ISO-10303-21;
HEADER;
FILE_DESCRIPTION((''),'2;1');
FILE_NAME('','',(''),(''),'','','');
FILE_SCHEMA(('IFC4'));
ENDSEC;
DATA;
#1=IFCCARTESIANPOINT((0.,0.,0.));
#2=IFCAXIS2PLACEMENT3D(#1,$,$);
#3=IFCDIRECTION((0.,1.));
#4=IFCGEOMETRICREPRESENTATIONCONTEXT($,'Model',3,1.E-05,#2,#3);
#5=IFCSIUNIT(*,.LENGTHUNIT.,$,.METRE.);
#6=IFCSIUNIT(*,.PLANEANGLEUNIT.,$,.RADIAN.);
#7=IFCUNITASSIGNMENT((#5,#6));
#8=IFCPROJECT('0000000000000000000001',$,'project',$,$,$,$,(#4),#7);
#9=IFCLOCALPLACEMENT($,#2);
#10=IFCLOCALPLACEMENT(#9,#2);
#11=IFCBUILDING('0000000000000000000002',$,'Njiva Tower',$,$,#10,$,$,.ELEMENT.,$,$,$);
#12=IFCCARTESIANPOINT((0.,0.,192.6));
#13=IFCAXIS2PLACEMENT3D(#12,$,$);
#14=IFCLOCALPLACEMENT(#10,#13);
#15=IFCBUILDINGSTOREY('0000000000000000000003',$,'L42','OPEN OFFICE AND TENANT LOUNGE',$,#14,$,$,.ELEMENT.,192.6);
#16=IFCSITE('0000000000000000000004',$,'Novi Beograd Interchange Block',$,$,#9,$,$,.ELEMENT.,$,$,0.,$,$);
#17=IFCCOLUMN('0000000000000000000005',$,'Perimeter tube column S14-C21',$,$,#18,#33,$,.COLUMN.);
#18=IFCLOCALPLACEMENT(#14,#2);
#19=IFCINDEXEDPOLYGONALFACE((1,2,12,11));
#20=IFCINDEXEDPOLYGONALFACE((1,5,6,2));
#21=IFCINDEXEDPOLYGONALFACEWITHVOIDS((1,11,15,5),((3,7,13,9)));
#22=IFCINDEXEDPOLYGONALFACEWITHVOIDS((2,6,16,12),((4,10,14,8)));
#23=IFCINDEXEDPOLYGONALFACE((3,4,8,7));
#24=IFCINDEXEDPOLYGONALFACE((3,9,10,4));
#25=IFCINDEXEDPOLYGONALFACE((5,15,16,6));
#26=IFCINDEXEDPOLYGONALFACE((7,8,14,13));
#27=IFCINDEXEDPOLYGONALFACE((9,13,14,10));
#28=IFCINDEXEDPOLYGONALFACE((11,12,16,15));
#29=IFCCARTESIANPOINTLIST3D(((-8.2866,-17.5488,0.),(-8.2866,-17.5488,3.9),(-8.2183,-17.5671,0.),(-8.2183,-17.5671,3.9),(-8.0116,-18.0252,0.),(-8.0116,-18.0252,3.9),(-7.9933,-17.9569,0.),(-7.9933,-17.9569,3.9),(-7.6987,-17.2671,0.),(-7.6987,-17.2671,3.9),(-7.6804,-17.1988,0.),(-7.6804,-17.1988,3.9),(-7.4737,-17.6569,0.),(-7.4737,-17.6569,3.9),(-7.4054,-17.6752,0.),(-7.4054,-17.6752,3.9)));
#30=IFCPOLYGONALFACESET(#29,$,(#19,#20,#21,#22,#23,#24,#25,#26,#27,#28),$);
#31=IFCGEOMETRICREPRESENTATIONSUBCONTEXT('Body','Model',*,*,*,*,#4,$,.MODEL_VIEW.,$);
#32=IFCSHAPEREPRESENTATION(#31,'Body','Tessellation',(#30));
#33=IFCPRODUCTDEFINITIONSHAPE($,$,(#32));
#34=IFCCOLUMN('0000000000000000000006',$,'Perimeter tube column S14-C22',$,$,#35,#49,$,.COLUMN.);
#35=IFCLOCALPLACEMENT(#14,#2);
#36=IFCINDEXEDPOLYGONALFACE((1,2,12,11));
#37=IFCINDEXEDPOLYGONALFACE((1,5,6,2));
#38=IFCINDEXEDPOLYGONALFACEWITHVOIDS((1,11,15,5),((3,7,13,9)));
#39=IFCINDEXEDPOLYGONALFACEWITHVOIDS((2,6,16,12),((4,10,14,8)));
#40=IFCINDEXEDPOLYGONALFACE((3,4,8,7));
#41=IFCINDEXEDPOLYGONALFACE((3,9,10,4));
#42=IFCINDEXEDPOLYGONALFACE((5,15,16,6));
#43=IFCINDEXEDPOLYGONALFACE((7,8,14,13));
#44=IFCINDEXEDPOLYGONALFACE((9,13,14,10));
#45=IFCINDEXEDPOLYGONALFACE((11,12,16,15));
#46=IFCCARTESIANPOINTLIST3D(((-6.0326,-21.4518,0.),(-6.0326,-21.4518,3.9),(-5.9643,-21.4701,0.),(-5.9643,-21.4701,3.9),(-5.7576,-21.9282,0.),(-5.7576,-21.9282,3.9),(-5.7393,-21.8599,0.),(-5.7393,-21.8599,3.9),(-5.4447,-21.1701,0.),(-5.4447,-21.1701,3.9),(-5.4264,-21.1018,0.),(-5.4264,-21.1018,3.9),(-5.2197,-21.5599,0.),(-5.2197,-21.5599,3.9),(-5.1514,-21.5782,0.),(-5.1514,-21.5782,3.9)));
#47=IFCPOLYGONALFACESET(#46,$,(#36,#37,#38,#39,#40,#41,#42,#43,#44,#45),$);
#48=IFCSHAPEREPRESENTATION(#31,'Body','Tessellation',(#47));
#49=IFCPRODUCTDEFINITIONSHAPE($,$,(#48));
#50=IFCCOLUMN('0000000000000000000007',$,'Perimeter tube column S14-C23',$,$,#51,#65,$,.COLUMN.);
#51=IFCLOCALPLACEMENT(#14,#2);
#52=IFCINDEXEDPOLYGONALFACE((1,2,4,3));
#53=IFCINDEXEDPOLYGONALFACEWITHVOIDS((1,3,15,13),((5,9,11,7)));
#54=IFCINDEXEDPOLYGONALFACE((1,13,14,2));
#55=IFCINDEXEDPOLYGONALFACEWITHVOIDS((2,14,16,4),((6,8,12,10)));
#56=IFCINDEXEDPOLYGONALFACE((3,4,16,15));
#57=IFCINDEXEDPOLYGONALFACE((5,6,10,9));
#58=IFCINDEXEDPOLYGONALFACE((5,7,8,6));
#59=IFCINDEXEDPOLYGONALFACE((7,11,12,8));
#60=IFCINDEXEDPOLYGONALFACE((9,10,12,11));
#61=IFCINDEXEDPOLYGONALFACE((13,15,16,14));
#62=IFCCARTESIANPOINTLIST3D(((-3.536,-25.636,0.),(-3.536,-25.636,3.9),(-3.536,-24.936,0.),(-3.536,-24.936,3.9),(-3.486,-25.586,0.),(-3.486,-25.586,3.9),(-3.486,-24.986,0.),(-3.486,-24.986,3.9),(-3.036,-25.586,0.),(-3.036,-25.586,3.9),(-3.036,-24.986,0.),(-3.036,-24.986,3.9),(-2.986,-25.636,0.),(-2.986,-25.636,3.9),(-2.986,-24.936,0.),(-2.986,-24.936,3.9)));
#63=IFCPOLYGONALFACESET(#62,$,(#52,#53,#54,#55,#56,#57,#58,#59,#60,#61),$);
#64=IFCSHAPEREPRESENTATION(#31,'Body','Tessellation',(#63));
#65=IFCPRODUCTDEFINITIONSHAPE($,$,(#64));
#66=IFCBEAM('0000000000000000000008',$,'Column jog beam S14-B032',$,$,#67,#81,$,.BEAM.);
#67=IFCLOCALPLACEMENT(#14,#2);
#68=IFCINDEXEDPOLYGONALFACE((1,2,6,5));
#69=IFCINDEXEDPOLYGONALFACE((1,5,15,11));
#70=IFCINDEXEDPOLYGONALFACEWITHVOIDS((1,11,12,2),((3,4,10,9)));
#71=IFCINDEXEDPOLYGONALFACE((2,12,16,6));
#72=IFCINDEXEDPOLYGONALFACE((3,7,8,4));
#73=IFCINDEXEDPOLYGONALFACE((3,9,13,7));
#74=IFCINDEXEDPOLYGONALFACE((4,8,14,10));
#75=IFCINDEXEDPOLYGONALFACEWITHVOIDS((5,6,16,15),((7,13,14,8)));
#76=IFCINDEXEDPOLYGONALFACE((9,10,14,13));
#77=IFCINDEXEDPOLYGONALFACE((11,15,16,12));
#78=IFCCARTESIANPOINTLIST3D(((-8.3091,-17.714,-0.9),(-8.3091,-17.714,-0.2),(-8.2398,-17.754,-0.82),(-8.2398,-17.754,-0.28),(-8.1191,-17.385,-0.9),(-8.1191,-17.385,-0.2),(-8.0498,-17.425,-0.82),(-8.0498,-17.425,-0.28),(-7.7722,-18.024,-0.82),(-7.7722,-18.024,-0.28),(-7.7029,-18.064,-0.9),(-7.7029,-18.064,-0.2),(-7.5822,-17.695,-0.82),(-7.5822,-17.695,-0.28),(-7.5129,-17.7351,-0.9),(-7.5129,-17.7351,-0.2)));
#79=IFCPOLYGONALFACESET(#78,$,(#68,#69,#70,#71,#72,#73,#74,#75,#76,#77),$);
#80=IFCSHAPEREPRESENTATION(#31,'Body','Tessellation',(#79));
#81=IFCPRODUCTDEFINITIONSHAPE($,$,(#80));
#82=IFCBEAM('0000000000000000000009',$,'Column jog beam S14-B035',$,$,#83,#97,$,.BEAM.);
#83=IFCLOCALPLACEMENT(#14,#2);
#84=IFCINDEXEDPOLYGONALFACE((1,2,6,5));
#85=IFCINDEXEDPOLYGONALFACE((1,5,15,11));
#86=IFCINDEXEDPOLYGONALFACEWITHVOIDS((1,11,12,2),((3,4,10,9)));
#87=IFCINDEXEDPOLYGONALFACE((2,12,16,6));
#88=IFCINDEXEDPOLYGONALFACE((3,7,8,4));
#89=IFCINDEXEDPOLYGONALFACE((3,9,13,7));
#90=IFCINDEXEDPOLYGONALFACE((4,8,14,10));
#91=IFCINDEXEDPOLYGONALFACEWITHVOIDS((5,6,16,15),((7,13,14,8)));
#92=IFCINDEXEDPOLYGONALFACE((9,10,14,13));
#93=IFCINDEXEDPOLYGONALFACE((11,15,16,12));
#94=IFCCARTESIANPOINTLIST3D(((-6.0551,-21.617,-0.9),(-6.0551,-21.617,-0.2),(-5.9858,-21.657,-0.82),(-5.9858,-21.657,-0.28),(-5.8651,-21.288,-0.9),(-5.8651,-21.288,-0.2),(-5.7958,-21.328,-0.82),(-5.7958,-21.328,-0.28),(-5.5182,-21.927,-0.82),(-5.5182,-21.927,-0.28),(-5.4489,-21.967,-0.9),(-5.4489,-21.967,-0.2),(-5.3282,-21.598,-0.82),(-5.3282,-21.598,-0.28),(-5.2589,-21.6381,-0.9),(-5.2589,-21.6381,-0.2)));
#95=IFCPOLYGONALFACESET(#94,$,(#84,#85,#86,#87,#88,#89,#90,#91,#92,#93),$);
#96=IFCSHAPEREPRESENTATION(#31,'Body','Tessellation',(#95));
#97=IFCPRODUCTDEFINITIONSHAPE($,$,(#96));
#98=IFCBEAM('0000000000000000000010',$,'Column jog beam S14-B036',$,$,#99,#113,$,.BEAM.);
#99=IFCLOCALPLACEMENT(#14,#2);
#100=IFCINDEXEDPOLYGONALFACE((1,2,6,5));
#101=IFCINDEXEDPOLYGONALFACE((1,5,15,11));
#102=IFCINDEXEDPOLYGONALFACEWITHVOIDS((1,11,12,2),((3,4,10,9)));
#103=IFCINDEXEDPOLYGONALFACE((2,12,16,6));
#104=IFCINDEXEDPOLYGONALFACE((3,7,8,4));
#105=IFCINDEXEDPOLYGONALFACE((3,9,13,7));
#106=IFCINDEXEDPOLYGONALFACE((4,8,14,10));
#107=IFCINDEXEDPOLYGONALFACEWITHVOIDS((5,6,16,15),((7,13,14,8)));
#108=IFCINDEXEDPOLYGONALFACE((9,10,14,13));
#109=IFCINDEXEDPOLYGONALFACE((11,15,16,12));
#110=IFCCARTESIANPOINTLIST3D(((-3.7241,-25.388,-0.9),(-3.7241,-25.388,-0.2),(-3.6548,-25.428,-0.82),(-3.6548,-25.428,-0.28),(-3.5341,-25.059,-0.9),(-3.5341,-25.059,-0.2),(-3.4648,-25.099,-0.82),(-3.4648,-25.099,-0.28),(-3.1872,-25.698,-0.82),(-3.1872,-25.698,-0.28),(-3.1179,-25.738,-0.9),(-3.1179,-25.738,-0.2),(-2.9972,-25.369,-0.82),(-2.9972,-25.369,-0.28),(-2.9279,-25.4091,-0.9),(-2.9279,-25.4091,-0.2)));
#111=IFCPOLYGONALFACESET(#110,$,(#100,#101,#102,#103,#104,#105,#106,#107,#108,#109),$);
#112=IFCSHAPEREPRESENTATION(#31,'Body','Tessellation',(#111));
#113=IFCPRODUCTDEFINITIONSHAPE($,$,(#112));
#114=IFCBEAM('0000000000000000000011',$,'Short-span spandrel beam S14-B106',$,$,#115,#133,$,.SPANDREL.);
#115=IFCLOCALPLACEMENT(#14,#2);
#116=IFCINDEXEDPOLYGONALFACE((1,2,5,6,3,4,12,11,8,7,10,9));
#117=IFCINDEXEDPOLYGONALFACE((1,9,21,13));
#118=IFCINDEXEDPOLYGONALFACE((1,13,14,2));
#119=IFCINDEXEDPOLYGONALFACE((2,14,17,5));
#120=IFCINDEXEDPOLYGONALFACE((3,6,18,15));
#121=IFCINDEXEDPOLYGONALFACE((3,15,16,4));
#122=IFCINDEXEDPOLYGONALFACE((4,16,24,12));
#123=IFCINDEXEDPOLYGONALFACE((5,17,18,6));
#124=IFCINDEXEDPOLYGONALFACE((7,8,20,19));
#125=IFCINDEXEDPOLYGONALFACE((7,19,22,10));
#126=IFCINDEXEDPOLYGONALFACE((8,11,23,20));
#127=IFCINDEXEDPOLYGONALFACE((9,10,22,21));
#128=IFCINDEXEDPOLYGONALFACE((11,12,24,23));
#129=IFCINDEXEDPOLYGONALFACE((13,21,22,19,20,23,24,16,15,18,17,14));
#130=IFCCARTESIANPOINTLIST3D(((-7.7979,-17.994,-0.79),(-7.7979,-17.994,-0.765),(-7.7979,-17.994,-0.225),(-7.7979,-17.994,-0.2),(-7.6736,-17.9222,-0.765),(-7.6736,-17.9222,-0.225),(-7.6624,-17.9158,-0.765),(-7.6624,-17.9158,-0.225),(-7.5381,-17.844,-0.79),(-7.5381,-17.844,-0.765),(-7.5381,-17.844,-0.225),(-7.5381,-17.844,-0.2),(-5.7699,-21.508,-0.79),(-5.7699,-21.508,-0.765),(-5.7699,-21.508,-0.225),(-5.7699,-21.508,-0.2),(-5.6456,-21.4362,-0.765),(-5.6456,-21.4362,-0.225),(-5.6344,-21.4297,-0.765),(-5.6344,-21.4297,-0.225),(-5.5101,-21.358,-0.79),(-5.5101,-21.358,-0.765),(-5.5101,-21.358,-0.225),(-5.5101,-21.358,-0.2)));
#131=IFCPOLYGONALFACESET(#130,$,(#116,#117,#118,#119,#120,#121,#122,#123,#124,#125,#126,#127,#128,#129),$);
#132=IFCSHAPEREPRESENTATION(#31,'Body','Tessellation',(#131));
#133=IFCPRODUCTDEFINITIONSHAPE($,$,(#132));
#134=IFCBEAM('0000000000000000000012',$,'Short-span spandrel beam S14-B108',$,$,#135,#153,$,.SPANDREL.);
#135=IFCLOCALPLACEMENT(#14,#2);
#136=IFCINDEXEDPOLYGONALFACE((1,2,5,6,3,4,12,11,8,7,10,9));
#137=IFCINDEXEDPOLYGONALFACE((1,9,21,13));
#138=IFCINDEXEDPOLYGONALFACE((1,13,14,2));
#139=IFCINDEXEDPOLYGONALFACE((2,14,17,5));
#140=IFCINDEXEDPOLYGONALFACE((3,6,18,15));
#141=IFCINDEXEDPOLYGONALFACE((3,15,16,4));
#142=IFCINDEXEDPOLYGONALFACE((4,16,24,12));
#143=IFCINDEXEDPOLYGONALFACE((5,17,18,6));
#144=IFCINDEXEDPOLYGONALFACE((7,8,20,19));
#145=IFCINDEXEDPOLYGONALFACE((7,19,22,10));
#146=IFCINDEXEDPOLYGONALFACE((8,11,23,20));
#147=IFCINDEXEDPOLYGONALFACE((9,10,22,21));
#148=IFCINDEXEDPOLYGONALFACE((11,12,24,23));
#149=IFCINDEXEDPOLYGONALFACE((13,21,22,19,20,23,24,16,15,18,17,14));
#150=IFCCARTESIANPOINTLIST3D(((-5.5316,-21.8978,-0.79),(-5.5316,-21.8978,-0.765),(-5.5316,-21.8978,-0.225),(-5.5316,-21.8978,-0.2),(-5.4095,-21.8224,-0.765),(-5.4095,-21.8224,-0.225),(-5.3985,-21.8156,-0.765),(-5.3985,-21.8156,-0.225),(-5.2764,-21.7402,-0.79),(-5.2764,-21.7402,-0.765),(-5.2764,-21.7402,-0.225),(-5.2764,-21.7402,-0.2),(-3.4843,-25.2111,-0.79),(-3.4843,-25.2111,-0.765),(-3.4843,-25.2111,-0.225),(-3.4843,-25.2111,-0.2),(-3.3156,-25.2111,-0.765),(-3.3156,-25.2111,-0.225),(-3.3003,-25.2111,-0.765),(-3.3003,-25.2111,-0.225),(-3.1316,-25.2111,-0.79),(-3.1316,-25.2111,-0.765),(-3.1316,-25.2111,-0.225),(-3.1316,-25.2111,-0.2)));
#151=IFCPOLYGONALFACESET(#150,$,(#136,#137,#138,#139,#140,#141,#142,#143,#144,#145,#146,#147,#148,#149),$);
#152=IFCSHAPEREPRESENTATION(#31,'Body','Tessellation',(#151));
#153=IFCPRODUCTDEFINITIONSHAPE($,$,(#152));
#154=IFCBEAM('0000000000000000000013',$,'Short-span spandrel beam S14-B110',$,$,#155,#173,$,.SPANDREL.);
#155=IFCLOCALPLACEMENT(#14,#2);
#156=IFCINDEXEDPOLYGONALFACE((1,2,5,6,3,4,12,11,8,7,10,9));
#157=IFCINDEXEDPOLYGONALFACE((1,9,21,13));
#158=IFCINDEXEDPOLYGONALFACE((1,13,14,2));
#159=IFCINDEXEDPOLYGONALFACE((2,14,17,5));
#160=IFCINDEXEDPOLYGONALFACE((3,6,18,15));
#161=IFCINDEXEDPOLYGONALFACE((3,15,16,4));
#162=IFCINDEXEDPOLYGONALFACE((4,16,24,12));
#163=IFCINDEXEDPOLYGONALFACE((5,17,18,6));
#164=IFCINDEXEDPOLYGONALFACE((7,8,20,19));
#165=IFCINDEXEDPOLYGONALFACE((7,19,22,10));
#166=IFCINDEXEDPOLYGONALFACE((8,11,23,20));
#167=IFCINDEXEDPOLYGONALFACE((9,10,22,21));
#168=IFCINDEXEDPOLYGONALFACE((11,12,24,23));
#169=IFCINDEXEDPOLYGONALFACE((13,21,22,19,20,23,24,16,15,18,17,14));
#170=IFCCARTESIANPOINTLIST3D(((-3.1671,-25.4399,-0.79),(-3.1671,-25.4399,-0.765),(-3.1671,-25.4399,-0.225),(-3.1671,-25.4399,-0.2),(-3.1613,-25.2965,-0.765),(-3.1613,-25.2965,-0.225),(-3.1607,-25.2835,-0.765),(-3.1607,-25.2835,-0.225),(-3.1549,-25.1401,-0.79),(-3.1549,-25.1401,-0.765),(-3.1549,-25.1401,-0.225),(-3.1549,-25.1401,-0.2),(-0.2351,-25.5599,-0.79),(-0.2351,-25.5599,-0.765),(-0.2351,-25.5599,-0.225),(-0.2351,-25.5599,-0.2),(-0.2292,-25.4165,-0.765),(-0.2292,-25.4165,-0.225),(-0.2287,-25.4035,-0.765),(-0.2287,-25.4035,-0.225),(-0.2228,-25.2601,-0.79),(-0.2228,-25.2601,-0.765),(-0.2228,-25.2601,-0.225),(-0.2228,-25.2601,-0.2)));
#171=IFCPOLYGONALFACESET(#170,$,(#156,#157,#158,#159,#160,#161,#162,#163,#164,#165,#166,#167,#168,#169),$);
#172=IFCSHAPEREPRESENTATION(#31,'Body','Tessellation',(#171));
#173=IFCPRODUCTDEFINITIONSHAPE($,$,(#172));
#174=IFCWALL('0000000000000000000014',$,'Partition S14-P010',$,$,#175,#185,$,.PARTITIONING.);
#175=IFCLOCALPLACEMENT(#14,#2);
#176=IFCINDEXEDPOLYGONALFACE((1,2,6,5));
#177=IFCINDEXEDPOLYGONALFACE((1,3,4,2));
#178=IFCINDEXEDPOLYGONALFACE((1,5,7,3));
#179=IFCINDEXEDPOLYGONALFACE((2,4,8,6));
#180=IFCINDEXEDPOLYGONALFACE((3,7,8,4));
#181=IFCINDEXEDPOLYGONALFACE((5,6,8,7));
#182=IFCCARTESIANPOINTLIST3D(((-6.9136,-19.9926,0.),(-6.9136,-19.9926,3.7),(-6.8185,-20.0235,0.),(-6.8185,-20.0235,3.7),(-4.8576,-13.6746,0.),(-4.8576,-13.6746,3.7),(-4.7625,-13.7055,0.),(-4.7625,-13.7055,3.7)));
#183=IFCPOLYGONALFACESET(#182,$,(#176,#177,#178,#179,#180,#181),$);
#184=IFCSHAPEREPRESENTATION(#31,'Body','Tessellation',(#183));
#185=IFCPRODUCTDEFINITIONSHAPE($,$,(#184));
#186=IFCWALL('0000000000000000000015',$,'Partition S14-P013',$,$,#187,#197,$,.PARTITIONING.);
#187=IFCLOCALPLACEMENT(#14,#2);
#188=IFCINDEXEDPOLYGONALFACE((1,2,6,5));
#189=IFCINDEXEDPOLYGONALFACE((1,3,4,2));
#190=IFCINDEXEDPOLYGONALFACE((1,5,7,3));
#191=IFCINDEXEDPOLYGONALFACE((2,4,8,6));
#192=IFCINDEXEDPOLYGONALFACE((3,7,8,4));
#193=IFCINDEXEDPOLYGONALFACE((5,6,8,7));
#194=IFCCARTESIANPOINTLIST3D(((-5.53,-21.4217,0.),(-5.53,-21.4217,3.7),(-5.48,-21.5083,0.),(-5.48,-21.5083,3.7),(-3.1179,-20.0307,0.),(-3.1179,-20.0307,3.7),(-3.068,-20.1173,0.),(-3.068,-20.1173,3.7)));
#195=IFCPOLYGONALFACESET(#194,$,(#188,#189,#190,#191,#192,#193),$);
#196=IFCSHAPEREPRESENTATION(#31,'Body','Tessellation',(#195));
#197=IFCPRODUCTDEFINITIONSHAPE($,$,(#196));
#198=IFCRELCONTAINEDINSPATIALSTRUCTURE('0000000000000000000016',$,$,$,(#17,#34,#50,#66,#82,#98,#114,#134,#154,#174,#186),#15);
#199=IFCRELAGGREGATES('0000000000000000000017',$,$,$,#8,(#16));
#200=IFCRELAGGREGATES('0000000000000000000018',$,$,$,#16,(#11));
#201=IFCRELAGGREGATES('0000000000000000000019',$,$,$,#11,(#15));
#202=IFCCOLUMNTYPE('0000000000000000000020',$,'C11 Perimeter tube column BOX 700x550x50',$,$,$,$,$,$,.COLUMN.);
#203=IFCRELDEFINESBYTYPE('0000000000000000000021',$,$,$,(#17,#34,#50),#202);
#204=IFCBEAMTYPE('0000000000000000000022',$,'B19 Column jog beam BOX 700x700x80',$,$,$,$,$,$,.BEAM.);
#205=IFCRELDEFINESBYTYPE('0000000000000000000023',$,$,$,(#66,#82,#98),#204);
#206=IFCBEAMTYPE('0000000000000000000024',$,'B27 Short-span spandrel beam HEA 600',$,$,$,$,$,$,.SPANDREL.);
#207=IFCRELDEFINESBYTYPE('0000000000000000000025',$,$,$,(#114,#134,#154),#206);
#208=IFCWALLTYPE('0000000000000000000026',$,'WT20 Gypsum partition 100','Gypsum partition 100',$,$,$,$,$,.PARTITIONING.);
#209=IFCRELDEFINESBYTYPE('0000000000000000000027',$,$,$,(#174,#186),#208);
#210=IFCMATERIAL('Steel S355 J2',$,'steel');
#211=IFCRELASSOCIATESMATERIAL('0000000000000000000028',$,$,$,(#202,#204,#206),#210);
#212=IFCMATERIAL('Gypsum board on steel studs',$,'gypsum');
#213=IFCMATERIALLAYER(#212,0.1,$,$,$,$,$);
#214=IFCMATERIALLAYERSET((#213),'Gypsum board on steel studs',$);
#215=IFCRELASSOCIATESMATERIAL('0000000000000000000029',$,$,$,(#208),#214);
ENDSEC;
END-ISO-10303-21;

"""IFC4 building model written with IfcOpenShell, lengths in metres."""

from ifc_helpers import new_model, si_unit, direction, frame, frame_2d, origin, origin_2d, place, context, subcontext, project, spatial, rectangle, hollow_rectangle, i_section, extrude, clip, halfspace, material, layer, layer_set, material_profile, profile_set, type_object, element, save


model = new_model("IFC4")

# Units and contexts
model_context = context("Model", 3, precision=1e-05, world=origin(), true_north=direction((0.0, 1.0)))
body_context = subcontext(model_context, "Body", "Model", "MODEL_VIEW")
ifc_project = project(units=[si_unit("LENGTHUNIT", "METRE"), si_unit("PLANEANGLEUNIT", "RADIAN")], contexts=[model_context])

# Site, building, storey
site_placement = place(None, origin())
site = spatial("IfcSite", under=ifc_project, at=site_placement, Name="Novi Beograd Interchange Block", CompositionType="ELEMENT", RefElevation=0.0)
building_placement = place(site_placement, origin())
building = spatial("IfcBuilding", under=site, at=building_placement, Name="Njiva Tower", CompositionType="ELEMENT")
storey_placement = place(building_placement, frame((0.0, 0.0, 192.6)))
storey = spatial("IfcBuildingStorey", under=building, at=storey_placement, Name="L42", Description="OPEN OFFICE AND TENANT LOUNGE", CompositionType="ELEMENT", Elevation=192.6)

# Columns
ifc_material_1 = material(Name="Steel S355 J2", Category="steel")
ifc_material_profile_1 = material_profile(ifc_material_1, hollow_rectangle(XDim=0.55, YDim=0.7, WallThickness=0.05, at=origin_2d()), Name="BOX 700x550x50")
ifc_profile_set_1 = profile_set([ifc_material_profile_1], Name="Steel S355 J2")
column_type = type_object("IfcColumnType", Name="C11 Perimeter tube column BOX 700x550x50", PredefinedType="COLUMN", material=ifc_profile_set_1)
for number, where, z_axis, x_axis, name in (
    (1, (-7.846, -17.612, 0.0), (0.0, 0.0, 1.0), (0.5, -0.866025, 0.0), "Perimeter tube column S14-C21"),
    (2, (-5.592, -21.515, 0.0), (0.0, 0.0, 1.0), (0.5, -0.866025, 0.0), "Perimeter tube column S14-C22"),
    (3, (-3.261, -25.286, 0.0), (0.0, 0.0, 1.0), (1.0, 0.0, 0.0), "Perimeter tube column S14-C23"),
):
    element("IfcColumn", number, at=place(storey_placement, frame(where, z_axis=z_axis, x_axis=x_axis)), inside=storey, type_object=column_type, Name=name, PredefinedType="COLUMN", context=body_context, shape_type="SweptSolid", body=[
        extrude(hollow_rectangle(XDim=0.55, YDim=0.7, WallThickness=0.05, at=origin_2d()), origin(), (0.0, 0.0, 1.0), 3.9),
    ])

# Beams
ifc_material_profile_2 = material_profile(ifc_material_1, hollow_rectangle(XDim=0.7, YDim=0.7, WallThickness=0.08, at=origin_2d()), Name="BOX 700x700x80")
ifc_profile_set_2 = profile_set([ifc_material_profile_2], Name="Steel S355 J2")
beam_type_1 = type_object("IfcBeamType", Name="B19 Column jog beam BOX 700x700x80", PredefinedType="BEAM", material=ifc_profile_set_2)
for number, where, z_axis, x_axis, name in (
    (4, (-8.006, -17.889, -0.55), (0.500102, 0.865966, 0.0), (-0.865966, 0.500102, 0.0), "Column jog beam S14-B032"),
    (5, (-5.752, -21.792, -0.55), (0.500102, 0.865966, 0.0), (-0.865966, 0.500102, 0.0), "Column jog beam S14-B035"),
    (6, (-3.421, -25.563, -0.55), (0.500102, 0.865966, 0.0), (-0.865966, 0.500102, 0.0), "Column jog beam S14-B036"),
):
    element("IfcBeam", number, at=place(storey_placement, frame(where, z_axis=z_axis, x_axis=x_axis)), inside=storey, type_object=beam_type_1, Name=name, PredefinedType="BEAM", context=body_context, shape_type="SweptSolid", body=[
        extrude(hollow_rectangle(XDim=0.7, YDim=0.7, WallThickness=0.08, at=origin_2d()), origin(), (0.0, 0.0, 1.0), 0.3799),
    ])
ifc_material_profile_3 = material_profile(ifc_material_1, i_section(OverallWidth=0.3, OverallDepth=0.59, WebThickness=0.013, FlangeThickness=0.025, at=origin_2d()), Name="HEA 600")
ifc_profile_set_3 = profile_set([ifc_material_profile_3], Name="Steel S355 J2")
beam_type_2 = type_object("IfcBeamType", Name="B27 Short-span spandrel beam HEA 600", PredefinedType="SPANDREL", material=ifc_profile_set_3)
beam_1_placement = place(storey_placement, frame((-7.668, -17.919, -0.495), z_axis=(0.49985, -0.866112, 0.0), x_axis=(0.866112, 0.49985, 0.0)))
element("IfcBeam", 7, at=beam_1_placement, inside=storey, type_object=beam_type_2, Name="Short-span spandrel beam S14-B106", PredefinedType="SPANDREL", context=body_context, shape_type="SweptSolid", body=[
    extrude(i_section(OverallWidth=0.3, OverallDepth=0.59, WebThickness=0.013, FlangeThickness=0.025, at=origin_2d()), origin(), (0.0, 0.0, 1.0), 4.0572),
])
beam_2_placement = place(storey_placement, frame((-5.404, -21.819, -0.495), z_axis=(0.525664, -0.850692, 0.0), x_axis=(0.850692, 0.525664, 0.0)))
element("IfcBeam", 8, at=beam_2_placement, inside=storey, type_object=beam_type_2, Name="Short-span spandrel beam S14-B108", PredefinedType="SPANDREL", context=body_context, shape_type="Clipping", body=[
    clip(extrude(i_section(OverallWidth=0.3, OverallDepth=0.59, WebThickness=0.013, FlangeThickness=0.025, at=origin_2d()), origin(), (0.0, 0.0, 1.0), 4.1003), halfspace(frame((-0.0259, 0.0, 3.9714), z_axis=(-0.525664, 0.0, 0.850692), x_axis=(0.0, 1.0, 0.0)), False)),
])
beam_3_placement = place(storey_placement, frame((-3.161, -25.29, -0.495), z_axis=(0.999164, -0.040893, 0.0), x_axis=(0.040893, 0.999164, 0.0)))
element("IfcBeam", 9, at=beam_3_placement, inside=storey, type_object=beam_type_2, Name="Short-span spandrel beam S14-B110", PredefinedType="SPANDREL", context=body_context, shape_type="SweptSolid", body=[
    extrude(i_section(OverallWidth=0.3, OverallDepth=0.59, WebThickness=0.013, FlangeThickness=0.025, at=origin_2d()), origin(), (0.0, 0.0, 1.0), 2.9345),
])

# Walls
ifc_material_2 = material(Name="Gypsum board on steel studs", Category="gypsum")
ifc_layer_1 = layer(ifc_material_2, 0.1)
ifc_layer_set_1 = layer_set([ifc_layer_1], Name="Gypsum board on steel studs")
wall_type_1 = type_object("IfcWallType", Name="WT20 Gypsum partition 100", Description="Gypsum partition 100", PredefinedType="PARTITIONING", material=ifc_layer_set_1)
wall_1_placement = place(storey_placement, frame((-6.866, -20.008, 0.0), z_axis=(0.0, 0.0, 1.0), x_axis=(0.309447, 0.950917, 0.0)))
element("IfcWall", 10, at=wall_1_placement, inside=storey, type_object=wall_type_1, Name="Partition S14-P010", PredefinedType="PARTITIONING", context=body_context, shape_type="SweptSolid", body=[
    extrude(rectangle(XDim=6.6441, YDim=0.1, at=frame_2d((3.322, 0.0))), origin(), (0.0, 0.0, 1.0), 3.7),
])
wall_2_placement = place(storey_placement, frame((-5.505, -21.465, 0.0), z_axis=(0.0, 0.0, 1.0), x_axis=(0.866269, 0.499577, 0.0)))
element("IfcWall", 11, at=wall_2_placement, inside=storey, type_object=wall_type_1, Name="Partition S14-P013", PredefinedType="PARTITIONING", context=body_context, shape_type="SweptSolid", body=[
    extrude(rectangle(XDim=2.7844, YDim=0.1, at=frame_2d((1.3922, 0.0))), origin(), (0.0, 0.0, 1.0), 3.7),
])

save(model, "model.ifc")
